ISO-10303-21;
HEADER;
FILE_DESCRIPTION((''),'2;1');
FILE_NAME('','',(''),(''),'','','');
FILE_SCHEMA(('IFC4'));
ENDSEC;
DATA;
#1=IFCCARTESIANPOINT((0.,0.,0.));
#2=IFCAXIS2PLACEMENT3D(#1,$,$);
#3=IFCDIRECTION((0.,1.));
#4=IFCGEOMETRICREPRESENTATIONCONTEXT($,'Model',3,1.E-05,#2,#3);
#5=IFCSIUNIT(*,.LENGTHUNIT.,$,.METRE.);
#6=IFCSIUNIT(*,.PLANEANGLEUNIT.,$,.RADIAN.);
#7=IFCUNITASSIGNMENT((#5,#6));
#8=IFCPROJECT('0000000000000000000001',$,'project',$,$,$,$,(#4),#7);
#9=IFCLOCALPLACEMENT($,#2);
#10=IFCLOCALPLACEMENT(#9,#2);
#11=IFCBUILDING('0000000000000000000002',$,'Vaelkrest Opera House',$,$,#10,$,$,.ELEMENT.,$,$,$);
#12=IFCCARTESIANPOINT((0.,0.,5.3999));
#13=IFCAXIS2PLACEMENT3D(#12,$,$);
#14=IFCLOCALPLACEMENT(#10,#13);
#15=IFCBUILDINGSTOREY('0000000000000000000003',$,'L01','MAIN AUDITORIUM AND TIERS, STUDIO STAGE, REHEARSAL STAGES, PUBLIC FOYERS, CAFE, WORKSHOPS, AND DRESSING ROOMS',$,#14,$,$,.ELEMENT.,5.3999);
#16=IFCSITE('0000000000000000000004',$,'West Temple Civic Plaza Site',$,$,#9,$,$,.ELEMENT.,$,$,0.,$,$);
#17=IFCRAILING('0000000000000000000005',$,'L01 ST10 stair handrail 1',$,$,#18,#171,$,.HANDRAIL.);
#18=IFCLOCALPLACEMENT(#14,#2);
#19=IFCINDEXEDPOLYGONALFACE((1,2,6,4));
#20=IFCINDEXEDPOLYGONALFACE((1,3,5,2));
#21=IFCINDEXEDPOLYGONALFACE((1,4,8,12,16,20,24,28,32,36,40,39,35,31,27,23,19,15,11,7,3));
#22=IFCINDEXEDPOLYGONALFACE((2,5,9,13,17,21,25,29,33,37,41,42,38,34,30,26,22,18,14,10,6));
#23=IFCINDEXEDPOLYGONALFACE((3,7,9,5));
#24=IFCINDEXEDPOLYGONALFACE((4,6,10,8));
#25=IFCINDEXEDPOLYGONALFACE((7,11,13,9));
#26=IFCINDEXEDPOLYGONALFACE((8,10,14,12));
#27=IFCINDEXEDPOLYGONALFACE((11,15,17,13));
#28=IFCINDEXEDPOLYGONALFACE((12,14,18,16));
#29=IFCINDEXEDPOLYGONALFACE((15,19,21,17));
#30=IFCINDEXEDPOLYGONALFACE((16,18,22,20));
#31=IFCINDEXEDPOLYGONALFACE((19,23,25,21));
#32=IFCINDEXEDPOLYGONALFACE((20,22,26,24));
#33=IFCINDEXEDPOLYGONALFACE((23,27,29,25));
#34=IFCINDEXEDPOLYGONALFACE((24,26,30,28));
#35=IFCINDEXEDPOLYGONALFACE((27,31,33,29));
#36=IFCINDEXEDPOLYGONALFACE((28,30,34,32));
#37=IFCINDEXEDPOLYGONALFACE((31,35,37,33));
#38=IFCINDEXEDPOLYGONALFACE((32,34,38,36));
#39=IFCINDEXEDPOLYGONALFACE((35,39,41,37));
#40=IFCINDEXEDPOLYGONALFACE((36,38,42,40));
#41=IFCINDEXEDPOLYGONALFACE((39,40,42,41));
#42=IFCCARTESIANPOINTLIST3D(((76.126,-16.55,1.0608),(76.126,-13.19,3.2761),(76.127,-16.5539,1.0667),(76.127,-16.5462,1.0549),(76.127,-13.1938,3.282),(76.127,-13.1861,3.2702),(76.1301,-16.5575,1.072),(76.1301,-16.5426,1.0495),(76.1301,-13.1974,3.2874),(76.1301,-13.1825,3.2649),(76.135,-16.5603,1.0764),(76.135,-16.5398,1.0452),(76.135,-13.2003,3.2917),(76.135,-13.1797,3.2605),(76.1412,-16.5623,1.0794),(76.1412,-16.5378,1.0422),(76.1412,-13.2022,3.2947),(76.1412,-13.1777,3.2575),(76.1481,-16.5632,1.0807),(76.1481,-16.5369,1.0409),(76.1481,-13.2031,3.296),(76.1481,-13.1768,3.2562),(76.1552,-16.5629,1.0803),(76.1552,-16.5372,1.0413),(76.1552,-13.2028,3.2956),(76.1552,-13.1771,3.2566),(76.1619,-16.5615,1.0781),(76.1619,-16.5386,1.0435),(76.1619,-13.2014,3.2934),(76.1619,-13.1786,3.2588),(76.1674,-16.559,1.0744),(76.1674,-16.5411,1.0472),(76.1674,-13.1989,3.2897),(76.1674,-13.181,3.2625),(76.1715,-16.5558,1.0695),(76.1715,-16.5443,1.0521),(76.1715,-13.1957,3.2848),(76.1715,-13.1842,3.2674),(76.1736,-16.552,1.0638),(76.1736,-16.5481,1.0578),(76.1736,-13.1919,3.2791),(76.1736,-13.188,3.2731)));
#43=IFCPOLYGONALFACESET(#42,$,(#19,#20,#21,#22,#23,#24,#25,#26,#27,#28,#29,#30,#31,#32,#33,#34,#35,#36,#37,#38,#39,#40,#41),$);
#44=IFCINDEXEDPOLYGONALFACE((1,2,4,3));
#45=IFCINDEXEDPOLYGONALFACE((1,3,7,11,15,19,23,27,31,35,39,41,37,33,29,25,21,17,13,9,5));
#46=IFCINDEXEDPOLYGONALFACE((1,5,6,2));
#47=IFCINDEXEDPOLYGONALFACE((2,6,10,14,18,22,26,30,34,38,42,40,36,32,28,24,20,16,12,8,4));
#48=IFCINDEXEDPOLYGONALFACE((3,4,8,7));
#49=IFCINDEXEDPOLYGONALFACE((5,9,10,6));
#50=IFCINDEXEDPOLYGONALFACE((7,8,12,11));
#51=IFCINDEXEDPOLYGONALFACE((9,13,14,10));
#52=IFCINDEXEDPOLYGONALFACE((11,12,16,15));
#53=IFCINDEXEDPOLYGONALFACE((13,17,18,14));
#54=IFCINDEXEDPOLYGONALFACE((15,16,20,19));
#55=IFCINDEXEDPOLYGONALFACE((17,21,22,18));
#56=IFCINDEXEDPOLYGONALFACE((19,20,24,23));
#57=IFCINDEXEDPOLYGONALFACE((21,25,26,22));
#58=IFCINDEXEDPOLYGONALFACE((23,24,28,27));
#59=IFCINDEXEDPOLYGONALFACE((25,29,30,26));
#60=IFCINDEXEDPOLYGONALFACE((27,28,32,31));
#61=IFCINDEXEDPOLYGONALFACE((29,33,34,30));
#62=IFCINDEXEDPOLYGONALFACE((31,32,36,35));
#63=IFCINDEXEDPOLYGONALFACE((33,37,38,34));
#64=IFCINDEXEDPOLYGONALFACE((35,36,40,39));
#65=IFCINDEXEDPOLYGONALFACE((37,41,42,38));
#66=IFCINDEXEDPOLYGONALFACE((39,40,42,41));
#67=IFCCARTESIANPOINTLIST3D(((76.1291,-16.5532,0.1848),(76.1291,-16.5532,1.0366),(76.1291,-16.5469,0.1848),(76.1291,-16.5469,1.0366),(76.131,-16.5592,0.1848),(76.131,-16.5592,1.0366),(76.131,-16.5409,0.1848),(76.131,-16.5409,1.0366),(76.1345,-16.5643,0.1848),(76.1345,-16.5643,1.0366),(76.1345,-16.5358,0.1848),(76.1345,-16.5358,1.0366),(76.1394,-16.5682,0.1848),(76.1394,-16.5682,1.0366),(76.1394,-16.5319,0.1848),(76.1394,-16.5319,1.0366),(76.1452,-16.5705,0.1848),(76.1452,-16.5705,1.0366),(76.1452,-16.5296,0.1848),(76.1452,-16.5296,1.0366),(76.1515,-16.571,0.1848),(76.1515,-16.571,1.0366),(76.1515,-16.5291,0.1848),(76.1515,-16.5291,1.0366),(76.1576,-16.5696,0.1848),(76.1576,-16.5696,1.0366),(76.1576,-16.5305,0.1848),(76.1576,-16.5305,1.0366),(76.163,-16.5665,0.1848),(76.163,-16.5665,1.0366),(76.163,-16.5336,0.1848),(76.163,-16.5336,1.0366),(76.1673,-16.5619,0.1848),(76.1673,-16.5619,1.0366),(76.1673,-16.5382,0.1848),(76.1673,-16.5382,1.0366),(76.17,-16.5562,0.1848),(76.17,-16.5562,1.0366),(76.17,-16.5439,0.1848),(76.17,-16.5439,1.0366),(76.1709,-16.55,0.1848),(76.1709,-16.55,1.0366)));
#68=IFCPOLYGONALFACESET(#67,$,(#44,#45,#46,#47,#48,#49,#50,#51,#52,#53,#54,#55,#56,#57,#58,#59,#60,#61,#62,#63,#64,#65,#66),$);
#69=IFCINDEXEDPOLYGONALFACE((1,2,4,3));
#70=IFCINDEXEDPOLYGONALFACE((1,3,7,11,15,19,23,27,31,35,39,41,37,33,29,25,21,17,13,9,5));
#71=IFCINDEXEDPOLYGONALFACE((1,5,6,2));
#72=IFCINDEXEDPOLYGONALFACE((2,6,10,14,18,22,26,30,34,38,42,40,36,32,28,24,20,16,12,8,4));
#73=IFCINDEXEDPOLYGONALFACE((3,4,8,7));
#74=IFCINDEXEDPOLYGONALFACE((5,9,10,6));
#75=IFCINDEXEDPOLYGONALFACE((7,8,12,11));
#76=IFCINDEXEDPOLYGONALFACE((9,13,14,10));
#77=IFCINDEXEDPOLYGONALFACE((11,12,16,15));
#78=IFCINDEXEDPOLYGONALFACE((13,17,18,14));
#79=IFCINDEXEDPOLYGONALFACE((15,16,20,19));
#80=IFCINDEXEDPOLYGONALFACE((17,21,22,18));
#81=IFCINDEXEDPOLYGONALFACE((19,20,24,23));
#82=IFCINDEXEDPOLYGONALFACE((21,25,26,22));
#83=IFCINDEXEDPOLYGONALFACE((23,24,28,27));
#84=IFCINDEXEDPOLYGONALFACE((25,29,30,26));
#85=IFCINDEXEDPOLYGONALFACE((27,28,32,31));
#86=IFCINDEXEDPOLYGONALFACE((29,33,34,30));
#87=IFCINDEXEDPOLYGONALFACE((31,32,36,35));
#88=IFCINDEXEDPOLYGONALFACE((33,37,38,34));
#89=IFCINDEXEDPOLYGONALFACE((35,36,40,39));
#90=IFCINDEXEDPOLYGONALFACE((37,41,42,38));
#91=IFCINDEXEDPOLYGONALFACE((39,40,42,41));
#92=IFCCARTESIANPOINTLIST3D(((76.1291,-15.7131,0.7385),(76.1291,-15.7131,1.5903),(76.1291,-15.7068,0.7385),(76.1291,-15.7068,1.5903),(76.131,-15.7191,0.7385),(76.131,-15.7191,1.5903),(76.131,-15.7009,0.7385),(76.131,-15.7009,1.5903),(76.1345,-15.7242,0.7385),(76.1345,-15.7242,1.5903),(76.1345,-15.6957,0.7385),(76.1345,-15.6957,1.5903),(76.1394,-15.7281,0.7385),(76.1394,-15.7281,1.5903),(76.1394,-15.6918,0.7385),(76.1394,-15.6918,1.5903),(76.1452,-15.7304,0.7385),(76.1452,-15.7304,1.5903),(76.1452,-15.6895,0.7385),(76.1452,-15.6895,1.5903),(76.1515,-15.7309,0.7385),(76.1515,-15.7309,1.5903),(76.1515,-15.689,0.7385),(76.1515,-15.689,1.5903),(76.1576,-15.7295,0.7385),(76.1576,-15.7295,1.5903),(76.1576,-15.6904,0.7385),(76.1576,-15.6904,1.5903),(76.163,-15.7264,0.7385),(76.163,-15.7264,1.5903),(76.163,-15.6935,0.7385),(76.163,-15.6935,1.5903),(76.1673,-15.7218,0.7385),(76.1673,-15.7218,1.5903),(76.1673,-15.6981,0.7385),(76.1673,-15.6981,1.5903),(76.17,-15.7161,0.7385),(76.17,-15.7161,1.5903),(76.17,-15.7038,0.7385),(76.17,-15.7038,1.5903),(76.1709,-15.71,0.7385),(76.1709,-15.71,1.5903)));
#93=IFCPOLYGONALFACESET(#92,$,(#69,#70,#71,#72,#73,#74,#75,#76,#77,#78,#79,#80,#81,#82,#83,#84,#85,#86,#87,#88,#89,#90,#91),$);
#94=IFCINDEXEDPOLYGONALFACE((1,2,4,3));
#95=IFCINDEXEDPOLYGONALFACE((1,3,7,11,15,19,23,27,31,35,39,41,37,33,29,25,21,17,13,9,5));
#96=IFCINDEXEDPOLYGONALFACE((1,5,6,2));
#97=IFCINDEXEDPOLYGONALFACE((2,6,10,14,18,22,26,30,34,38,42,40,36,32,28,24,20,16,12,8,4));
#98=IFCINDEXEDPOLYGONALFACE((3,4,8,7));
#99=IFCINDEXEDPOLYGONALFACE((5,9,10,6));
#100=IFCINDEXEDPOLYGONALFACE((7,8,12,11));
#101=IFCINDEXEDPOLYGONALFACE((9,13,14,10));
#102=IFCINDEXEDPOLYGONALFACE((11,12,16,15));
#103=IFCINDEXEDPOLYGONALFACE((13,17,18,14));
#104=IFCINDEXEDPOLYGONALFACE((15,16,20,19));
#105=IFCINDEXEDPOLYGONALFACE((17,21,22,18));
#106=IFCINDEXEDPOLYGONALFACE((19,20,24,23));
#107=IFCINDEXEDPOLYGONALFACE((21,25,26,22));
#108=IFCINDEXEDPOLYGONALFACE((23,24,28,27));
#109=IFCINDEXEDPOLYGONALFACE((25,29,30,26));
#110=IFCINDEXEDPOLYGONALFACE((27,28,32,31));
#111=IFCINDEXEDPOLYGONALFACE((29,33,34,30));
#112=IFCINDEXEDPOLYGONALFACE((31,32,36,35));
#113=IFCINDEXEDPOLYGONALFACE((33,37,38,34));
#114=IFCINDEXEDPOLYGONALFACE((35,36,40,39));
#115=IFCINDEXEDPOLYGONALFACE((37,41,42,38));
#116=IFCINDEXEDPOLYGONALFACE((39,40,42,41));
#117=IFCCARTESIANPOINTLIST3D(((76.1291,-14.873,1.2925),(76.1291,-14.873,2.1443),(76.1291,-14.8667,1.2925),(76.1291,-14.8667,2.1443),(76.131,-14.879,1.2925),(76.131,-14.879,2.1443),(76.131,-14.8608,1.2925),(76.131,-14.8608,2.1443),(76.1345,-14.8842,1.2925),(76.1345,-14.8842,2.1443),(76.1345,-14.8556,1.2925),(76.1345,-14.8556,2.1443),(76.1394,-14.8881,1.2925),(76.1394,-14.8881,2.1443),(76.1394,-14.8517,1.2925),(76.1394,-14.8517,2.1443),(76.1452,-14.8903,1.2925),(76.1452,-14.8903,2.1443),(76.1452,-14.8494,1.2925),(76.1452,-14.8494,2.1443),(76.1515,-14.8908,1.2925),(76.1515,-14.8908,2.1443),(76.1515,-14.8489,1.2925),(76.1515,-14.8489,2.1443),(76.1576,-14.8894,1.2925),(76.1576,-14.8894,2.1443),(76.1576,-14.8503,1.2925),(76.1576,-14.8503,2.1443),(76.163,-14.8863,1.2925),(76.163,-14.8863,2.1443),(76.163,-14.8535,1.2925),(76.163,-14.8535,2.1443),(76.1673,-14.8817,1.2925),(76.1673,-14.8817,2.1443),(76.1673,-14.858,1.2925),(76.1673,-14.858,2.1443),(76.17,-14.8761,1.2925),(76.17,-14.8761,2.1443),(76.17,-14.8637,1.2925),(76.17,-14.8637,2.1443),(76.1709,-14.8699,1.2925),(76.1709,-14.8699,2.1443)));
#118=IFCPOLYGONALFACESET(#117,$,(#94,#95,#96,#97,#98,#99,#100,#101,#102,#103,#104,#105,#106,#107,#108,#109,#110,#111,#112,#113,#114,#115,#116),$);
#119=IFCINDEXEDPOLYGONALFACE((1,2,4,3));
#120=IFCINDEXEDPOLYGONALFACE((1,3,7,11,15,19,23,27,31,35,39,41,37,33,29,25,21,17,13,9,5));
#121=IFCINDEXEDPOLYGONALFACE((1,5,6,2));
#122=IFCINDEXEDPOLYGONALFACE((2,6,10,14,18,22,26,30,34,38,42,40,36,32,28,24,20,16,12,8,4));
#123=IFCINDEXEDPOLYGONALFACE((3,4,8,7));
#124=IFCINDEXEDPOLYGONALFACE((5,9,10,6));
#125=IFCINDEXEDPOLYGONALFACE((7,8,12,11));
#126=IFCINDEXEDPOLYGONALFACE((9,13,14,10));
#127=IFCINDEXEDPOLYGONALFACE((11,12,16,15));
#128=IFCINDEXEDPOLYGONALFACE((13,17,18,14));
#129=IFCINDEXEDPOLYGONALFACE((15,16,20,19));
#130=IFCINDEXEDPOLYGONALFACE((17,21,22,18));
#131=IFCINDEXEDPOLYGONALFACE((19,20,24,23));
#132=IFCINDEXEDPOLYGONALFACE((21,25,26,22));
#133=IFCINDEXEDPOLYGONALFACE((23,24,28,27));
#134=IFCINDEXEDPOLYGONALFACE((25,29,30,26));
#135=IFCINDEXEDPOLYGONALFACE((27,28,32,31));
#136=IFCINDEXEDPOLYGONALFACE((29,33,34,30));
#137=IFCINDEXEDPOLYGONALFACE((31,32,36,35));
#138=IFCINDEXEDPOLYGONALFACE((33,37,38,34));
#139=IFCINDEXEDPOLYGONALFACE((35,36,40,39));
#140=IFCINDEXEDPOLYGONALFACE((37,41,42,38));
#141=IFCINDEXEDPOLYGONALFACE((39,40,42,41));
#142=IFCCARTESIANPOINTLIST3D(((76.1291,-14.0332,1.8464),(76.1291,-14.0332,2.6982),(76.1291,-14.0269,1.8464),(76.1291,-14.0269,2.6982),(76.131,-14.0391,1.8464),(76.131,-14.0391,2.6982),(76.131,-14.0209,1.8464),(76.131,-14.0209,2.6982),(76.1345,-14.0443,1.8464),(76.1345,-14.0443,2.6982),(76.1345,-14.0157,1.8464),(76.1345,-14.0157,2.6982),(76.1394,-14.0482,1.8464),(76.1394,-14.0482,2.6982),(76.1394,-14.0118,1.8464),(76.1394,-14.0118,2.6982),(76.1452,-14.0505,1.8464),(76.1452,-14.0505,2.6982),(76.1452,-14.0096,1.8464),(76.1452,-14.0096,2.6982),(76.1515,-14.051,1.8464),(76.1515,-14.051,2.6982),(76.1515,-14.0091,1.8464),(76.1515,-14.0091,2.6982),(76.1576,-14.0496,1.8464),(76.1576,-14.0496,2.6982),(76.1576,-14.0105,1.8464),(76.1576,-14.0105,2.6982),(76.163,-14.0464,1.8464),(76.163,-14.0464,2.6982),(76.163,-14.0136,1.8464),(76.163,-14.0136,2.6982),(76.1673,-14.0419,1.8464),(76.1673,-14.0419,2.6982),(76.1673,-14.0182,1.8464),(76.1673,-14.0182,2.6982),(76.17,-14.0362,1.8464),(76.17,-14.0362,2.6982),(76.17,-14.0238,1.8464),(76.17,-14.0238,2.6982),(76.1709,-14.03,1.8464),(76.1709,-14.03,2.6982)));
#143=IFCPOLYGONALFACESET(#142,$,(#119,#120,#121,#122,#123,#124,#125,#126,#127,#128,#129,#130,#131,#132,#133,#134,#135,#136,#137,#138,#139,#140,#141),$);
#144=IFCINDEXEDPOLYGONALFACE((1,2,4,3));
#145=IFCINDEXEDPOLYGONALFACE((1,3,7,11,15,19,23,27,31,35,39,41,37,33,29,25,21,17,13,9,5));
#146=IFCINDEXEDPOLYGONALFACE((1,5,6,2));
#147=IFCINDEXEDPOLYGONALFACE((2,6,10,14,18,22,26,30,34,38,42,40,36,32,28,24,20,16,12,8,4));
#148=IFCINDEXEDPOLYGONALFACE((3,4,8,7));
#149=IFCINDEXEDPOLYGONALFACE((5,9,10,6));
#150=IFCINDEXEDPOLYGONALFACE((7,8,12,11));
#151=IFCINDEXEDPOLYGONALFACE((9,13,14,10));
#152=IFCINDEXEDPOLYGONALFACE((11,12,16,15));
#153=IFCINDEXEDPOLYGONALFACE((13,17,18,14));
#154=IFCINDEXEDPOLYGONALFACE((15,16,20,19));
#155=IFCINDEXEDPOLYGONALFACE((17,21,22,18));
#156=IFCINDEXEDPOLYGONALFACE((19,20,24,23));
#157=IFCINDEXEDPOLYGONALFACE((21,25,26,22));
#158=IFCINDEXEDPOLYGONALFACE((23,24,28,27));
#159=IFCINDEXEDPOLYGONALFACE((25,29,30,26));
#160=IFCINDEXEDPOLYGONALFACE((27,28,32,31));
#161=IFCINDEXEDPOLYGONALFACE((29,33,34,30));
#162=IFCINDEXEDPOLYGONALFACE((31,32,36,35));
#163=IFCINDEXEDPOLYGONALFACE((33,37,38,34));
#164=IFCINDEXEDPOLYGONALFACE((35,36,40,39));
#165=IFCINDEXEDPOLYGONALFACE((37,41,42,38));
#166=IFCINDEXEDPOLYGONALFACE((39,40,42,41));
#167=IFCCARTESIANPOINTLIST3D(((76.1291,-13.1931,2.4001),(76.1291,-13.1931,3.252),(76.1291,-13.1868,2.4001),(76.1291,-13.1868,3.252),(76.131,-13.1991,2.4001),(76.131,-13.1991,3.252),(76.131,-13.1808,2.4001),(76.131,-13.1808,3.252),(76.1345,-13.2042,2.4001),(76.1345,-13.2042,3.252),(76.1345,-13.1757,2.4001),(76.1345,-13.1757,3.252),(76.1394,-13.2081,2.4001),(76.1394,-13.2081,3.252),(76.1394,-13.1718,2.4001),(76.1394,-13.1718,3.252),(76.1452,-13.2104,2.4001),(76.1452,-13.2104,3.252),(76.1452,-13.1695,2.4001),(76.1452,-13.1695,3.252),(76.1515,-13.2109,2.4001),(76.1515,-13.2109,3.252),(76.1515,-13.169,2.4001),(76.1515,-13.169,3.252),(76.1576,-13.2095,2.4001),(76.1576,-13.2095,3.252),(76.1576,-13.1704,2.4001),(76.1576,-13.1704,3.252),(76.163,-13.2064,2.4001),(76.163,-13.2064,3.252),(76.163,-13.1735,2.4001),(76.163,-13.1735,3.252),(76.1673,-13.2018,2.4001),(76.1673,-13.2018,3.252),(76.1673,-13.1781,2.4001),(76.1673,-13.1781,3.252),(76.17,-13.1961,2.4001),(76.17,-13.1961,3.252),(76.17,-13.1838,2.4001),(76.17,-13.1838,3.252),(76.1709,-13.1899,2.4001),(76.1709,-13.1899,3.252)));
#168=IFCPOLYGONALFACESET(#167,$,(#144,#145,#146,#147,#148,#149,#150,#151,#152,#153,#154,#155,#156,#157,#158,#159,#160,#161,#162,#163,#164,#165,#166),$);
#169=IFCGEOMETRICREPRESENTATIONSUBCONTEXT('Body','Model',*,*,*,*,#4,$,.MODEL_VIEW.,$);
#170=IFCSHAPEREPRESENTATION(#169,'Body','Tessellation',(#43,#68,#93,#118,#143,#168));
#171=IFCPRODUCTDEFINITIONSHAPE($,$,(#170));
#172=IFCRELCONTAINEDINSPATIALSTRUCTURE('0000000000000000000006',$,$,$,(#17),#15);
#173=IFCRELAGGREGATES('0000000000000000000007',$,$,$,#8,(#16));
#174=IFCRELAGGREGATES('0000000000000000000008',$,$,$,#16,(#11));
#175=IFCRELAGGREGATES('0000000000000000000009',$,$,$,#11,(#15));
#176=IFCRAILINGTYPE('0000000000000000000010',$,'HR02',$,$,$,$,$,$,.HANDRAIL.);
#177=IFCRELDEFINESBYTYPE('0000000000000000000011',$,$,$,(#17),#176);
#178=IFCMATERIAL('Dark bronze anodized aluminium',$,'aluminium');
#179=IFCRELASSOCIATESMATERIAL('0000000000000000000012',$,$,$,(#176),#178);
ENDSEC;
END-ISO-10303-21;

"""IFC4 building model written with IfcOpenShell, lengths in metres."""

from ifc_helpers import new_model, si_unit, direction, frame, origin, origin_2d, place, context, subcontext, project, spatial, circle, extrude, material, type_object, element, save


model = new_model("IFC4")

# Units and contexts
model_context = context("Model", 3, precision=1e-05, world=origin(), true_north=direction((0.0, 1.0)))
body_context = subcontext(model_context, "Body", "Model", "MODEL_VIEW")
ifc_project = project(units=[si_unit("LENGTHUNIT", "METRE"), si_unit("PLANEANGLEUNIT", "RADIAN")], contexts=[model_context])

# Site, building, storey
site_placement = place(None, origin())
site = spatial("IfcSite", under=ifc_project, at=site_placement, Name="West Temple Civic Plaza Site", CompositionType="ELEMENT", RefElevation=0.0)
building_placement = place(site_placement, origin())
building = spatial("IfcBuilding", under=site, at=building_placement, Name="Vaelkrest Opera House", CompositionType="ELEMENT")
storey_placement = place(building_placement, frame((0.0, 0.0, 5.3999)))
storey = spatial("IfcBuildingStorey", under=building, at=storey_placement, Name="L01", Description="MAIN AUDITORIUM AND TIERS, STUDIO STAGE, REHEARSAL STAGES, PUBLIC FOYERS, CAFE, WORKSHOPS, AND DRESSING ROOMS", CompositionType="ELEMENT", Elevation=5.3999)

# Shared definitions
ifc_material_1 = material(Name="Dark bronze anodized aluminium", Category="aluminium")

# Railing
railing_type = type_object("IfcRailingType", Name="HR02", PredefinedType="HANDRAIL", material=ifc_material_1)
railing_placement = place(storey_placement, frame((76.1499, -16.55, 0.1848)))
element("IfcRailing", 1, at=railing_placement, inside=storey, type_object=railing_type, Name="L01 ST10 stair handrail 1", PredefinedType="HANDRAIL", context=body_context, shape_type="SweptSolid", body=[
    extrude(circle(Radius=0.0239, at=origin_2d()), frame((0.0, 0.0, 0.876), z_axis=(0.0, 0.834876, 0.550437), x_axis=(-1.0, 0.0, 0.0)), (0.0, 0.0, 1.0), 4.0247),
    extrude(circle(Radius=0.021, at=origin_2d()), origin(), (0.0, 0.0, 1.0), 0.8518),
    extrude(circle(Radius=0.021, at=origin_2d()), frame((0.0, 0.8401, 0.5537)), (0.0, 0.0, 1.0), 0.8518),
    extrude(circle(Radius=0.021, at=origin_2d()), frame((0.0, 1.6802, 1.1077)), (0.0, 0.0, 1.0), 0.8518),
    extrude(circle(Radius=0.021, at=origin_2d()), frame((0.0, 2.52, 1.6616)), (0.0, 0.0, 1.0), 0.8518),
    extrude(circle(Radius=0.021, at=origin_2d()), frame((0.0, 3.3601, 2.2153)), (0.0, 0.0, 1.0), 0.8518),
])

save(model, "model.ifc")
